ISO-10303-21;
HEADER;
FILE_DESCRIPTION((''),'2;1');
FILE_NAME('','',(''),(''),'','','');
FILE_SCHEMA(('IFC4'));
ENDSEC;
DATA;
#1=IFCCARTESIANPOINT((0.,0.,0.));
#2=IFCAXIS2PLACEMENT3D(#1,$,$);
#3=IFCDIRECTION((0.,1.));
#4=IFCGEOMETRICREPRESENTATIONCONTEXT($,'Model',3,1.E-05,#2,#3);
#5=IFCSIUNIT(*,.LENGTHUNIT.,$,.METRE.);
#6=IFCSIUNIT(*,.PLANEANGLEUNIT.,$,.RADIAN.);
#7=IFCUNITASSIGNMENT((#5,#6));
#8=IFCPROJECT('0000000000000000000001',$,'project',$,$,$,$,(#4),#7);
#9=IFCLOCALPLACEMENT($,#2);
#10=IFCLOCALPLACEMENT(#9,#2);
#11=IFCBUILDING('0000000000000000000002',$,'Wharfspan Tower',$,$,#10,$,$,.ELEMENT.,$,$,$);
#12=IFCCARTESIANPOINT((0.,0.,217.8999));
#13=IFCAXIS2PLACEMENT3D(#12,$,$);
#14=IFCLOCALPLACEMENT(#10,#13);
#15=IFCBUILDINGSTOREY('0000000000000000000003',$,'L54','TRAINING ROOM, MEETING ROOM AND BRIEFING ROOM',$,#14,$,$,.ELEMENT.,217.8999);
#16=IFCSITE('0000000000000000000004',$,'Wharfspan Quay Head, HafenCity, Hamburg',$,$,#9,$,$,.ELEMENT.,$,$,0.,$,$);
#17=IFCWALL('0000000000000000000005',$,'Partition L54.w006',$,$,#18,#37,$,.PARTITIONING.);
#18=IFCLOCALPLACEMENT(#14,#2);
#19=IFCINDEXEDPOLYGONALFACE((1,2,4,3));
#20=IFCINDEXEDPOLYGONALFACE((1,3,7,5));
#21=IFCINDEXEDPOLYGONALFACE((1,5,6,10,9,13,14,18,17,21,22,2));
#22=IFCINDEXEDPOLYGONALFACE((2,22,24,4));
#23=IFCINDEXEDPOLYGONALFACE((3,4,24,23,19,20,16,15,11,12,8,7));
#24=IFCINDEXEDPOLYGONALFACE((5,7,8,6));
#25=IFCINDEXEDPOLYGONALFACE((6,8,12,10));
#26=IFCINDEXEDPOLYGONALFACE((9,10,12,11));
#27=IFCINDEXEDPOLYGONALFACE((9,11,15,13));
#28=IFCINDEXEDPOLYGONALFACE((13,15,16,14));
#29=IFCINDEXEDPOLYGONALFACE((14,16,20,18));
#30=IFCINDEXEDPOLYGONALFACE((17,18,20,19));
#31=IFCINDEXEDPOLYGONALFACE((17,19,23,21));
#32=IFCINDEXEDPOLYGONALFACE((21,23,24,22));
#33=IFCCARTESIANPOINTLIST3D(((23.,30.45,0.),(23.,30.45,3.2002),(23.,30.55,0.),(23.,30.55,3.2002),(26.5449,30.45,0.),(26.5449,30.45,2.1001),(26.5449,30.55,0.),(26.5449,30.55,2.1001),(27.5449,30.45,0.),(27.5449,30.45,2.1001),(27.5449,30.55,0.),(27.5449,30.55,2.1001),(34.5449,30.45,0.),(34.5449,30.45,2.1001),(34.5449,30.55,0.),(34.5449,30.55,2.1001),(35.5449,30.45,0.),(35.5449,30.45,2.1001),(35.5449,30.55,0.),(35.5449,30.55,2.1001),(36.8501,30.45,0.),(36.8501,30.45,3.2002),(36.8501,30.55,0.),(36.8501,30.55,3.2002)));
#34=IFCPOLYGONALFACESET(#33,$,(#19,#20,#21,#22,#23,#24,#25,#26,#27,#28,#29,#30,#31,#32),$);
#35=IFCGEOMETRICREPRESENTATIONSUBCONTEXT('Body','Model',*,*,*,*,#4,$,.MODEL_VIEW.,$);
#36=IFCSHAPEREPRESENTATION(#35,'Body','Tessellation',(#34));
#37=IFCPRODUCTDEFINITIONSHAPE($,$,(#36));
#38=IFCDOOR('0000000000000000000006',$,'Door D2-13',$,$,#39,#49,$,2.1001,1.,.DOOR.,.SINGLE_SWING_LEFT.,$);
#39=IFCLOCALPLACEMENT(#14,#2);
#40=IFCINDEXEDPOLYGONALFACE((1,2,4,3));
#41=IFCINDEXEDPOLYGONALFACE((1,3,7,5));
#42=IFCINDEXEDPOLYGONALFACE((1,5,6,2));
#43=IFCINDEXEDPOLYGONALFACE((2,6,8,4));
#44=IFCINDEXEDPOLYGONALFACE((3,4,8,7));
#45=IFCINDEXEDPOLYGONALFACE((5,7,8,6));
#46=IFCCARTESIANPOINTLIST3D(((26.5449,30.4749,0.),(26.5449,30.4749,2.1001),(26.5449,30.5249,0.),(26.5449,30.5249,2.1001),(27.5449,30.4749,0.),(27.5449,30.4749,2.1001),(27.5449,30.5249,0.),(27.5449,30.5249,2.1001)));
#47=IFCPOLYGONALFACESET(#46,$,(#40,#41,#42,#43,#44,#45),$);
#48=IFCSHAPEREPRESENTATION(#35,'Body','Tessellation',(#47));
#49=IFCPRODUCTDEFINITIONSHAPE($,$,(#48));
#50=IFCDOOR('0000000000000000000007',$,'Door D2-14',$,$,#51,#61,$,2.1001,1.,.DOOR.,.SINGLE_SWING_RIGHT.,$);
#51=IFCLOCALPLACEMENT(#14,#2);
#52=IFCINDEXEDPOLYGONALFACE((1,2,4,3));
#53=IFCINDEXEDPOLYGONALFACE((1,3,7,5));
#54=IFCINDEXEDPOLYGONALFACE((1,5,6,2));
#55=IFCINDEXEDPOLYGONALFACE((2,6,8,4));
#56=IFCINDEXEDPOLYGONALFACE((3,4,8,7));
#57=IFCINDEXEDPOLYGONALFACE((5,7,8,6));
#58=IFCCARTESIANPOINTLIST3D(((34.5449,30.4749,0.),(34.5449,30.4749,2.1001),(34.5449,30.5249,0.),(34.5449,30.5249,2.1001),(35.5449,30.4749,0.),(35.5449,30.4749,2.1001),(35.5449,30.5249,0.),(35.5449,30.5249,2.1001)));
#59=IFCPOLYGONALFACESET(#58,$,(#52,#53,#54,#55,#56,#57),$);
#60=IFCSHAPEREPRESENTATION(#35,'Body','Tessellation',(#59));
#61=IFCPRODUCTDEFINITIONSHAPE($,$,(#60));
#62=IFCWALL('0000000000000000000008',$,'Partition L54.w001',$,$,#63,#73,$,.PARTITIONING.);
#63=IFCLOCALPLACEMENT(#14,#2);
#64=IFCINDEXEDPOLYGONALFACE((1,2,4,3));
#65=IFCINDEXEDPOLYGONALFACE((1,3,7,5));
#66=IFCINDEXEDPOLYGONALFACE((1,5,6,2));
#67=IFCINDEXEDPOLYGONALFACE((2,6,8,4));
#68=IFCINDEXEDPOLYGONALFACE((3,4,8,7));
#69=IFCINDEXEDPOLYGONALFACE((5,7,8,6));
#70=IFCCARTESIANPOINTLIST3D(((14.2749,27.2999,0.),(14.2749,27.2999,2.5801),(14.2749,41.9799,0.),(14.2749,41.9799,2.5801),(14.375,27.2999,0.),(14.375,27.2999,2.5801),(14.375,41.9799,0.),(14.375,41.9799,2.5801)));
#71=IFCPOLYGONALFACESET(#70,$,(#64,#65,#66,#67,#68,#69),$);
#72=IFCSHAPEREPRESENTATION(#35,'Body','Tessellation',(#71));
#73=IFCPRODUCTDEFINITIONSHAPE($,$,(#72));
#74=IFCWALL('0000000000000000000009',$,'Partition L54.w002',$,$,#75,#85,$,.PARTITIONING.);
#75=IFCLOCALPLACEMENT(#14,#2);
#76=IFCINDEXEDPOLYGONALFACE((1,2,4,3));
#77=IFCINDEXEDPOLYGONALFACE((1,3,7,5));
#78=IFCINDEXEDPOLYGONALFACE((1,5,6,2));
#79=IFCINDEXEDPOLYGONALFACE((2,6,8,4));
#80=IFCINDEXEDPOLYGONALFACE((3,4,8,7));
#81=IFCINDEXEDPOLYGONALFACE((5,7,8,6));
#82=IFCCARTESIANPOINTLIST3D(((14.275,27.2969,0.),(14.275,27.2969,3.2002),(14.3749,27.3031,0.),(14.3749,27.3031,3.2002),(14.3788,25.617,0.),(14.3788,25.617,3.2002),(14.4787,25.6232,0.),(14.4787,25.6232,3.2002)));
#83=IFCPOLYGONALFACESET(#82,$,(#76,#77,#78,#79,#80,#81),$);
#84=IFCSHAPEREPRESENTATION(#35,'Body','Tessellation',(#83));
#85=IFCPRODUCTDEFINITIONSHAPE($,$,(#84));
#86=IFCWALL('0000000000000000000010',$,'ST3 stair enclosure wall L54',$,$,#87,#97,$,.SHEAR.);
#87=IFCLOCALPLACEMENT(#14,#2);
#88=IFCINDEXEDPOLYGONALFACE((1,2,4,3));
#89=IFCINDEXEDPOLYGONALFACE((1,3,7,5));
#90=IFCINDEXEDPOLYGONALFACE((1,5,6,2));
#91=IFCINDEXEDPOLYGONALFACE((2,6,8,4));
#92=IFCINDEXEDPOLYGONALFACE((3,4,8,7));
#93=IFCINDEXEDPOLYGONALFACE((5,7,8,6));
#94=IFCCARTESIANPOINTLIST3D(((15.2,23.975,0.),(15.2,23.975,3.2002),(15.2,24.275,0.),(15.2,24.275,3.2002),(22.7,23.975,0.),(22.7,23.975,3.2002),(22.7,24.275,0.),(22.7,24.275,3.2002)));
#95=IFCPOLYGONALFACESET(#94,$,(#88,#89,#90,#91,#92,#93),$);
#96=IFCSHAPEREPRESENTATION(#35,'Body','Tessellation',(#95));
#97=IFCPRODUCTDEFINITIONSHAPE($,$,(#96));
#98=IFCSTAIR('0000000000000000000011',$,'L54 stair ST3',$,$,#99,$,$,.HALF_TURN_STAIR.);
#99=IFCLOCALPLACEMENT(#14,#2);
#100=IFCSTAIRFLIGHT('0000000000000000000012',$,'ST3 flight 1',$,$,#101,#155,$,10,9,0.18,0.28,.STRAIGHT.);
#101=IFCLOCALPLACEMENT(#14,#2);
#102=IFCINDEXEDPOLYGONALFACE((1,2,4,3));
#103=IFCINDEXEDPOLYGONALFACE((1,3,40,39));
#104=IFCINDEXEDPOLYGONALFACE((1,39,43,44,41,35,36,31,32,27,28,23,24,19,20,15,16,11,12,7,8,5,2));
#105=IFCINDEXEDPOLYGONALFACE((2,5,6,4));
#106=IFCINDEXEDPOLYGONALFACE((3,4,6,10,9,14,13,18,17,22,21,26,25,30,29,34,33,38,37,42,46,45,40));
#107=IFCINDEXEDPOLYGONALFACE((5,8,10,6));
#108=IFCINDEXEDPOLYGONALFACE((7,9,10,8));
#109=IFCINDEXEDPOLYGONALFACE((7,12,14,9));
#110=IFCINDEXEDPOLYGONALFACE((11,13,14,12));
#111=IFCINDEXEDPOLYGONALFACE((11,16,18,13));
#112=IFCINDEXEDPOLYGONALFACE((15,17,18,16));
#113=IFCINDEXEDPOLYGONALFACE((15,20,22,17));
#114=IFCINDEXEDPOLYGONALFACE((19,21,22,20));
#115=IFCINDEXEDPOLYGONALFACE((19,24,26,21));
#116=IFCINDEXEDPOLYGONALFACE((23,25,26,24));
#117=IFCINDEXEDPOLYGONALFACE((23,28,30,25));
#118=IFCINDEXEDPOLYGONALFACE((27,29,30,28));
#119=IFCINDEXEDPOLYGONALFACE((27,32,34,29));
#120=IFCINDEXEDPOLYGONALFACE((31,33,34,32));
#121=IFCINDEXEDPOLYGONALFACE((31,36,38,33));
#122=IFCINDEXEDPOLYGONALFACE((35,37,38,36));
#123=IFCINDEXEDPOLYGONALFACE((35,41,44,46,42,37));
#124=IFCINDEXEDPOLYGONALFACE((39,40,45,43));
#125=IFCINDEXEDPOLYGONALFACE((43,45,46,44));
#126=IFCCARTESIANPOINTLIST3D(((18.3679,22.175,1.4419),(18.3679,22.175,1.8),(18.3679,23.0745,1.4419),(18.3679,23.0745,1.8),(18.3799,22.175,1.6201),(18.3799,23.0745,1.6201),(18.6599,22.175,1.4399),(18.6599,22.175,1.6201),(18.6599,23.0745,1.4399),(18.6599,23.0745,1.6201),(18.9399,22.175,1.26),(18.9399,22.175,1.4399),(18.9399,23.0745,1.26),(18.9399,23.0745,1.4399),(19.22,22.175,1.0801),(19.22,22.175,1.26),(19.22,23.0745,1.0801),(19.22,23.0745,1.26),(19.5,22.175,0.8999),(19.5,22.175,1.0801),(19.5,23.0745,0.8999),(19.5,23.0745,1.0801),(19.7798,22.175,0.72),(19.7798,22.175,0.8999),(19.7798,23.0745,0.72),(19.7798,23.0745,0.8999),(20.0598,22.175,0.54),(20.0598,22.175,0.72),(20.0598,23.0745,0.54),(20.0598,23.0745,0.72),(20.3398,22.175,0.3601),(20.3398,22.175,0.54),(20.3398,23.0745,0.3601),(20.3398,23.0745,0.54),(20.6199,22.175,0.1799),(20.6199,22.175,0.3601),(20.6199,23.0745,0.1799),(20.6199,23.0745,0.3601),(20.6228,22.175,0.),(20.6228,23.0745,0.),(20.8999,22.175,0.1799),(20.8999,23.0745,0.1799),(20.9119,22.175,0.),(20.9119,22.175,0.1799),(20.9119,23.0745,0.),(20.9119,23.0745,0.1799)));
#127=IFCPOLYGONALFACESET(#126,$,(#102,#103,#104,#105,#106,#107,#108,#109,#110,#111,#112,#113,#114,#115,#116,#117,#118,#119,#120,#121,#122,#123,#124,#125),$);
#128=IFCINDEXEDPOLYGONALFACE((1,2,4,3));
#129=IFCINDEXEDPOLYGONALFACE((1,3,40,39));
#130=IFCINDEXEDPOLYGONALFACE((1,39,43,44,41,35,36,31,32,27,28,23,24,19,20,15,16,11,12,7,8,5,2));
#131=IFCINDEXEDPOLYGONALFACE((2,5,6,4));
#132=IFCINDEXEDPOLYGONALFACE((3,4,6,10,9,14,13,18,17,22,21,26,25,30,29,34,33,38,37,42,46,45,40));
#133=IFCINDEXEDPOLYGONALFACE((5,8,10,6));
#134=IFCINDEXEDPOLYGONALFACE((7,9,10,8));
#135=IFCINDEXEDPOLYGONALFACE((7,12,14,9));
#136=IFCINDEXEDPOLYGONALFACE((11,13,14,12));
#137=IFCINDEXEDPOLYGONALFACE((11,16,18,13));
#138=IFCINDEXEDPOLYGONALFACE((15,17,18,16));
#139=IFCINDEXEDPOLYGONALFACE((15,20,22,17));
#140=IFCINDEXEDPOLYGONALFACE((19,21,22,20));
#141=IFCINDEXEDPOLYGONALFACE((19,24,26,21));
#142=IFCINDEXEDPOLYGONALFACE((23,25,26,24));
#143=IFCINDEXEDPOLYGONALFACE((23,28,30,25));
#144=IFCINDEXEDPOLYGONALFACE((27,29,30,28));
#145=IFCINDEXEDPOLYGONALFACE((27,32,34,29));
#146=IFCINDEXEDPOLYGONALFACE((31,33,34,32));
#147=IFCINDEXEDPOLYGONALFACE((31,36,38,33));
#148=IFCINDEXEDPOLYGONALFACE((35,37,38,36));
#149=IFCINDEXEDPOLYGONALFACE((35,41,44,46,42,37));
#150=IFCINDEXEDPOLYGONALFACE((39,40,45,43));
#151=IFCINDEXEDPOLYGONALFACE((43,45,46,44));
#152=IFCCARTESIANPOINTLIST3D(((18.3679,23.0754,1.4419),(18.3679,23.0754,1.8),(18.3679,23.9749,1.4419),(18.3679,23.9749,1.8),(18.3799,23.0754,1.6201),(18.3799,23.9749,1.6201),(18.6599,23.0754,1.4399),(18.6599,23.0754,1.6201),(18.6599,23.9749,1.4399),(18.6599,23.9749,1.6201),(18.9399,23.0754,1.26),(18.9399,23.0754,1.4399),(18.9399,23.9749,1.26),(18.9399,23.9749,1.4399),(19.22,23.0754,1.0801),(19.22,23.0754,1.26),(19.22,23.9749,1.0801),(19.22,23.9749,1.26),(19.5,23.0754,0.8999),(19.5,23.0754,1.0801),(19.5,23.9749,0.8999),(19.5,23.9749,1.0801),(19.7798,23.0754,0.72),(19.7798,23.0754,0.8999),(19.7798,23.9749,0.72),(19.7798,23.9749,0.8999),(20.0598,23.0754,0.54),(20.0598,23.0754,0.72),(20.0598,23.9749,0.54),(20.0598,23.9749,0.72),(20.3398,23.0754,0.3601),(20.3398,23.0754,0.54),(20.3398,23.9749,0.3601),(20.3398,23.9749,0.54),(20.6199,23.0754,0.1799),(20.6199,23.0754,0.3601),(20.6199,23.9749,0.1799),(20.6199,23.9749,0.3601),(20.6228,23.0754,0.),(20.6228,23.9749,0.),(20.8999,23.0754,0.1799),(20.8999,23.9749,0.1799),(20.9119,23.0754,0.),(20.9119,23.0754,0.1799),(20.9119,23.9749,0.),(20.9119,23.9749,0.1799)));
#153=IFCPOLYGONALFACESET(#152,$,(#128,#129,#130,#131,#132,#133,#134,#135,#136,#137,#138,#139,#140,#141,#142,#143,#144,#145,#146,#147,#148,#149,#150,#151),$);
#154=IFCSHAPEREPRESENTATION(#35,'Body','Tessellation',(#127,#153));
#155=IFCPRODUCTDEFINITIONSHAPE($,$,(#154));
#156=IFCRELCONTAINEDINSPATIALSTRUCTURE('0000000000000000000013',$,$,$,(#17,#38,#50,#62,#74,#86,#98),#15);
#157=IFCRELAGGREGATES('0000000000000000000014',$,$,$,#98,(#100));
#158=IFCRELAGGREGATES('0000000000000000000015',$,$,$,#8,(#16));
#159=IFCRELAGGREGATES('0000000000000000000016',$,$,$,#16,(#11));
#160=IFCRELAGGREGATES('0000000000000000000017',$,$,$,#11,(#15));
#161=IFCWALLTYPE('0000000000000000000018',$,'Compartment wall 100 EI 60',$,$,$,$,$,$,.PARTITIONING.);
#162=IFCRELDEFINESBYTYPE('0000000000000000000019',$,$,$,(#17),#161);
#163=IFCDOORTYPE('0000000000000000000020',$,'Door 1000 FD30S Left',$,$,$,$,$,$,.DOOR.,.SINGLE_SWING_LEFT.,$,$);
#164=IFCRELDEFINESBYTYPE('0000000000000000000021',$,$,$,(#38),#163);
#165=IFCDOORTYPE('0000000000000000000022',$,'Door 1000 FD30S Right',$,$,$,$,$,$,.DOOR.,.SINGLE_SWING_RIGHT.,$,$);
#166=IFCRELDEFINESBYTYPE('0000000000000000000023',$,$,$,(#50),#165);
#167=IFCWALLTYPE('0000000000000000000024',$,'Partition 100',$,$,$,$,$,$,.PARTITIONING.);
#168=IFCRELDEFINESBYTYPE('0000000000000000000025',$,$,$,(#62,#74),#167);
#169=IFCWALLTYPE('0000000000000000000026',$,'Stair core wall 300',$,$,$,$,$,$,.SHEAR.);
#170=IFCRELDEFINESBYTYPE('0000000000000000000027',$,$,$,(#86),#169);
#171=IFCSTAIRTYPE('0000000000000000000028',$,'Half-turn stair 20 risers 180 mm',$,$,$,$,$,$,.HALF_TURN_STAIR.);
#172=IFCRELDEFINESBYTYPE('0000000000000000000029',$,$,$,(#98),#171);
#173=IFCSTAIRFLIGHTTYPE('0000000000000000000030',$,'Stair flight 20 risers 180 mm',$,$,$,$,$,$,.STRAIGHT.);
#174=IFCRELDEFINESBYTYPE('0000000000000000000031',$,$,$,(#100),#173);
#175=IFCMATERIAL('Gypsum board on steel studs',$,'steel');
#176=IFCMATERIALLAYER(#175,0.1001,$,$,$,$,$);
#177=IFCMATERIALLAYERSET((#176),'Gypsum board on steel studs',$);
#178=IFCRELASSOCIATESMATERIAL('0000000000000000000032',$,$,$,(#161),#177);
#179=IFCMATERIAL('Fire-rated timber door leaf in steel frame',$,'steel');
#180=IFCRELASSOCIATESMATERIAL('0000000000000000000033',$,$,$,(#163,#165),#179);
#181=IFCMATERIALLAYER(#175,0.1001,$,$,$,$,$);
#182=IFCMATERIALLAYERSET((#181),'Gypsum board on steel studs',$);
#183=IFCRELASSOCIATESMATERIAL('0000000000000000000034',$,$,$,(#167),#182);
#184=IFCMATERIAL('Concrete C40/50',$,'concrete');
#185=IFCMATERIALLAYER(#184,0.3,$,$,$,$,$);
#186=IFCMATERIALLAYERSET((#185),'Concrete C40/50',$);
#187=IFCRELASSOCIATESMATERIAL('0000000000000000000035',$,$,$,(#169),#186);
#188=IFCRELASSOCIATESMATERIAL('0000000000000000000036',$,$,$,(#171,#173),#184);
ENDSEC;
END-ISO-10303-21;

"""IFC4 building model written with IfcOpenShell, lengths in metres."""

from ifc_helpers import new_model, si_unit, direction, frame, frame_2d, origin, place, context, subcontext, project, spatial, polyline, rectangle, outline, extrude, material, layer, layer_set, type_object, element, fill, aggregate, save


model = new_model("IFC4")

# Units and contexts
model_context = context("Model", 3, precision=1e-05, world=origin(), true_north=direction((0.0, 1.0)))
body_context = subcontext(model_context, "Body", "Model", "MODEL_VIEW")
ifc_project = project(units=[si_unit("LENGTHUNIT", "METRE"), si_unit("PLANEANGLEUNIT", "RADIAN")], contexts=[model_context])

# Site, building, storey
site_placement = place(None, origin())
site = spatial("IfcSite", under=ifc_project, at=site_placement, Name="Wharfspan Quay Head, HafenCity, Hamburg", CompositionType="ELEMENT", RefElevation=0.0)
building_placement = place(site_placement, origin())
building = spatial("IfcBuilding", under=site, at=building_placement, Name="Wharfspan Tower", CompositionType="ELEMENT")
storey_placement = place(building_placement, frame((0.0, 0.0, 217.8999)))
storey = spatial("IfcBuildingStorey", under=building, at=storey_placement, Name="L54", Description="TRAINING ROOM, MEETING ROOM AND BRIEFING ROOM", CompositionType="ELEMENT", Elevation=217.8999)

# Shared definitions
ifc_material_1 = material(Name="Gypsum board on steel studs", Category="steel")
ifc_layer_1 = layer(ifc_material_1, 0.1001)
ifc_layer_set_1 = layer_set([ifc_layer_1], Name="Gypsum board on steel studs")
wall_type_1 = type_object("IfcWallType", Name="Compartment wall 100 EI 60", PredefinedType="PARTITIONING", material=ifc_layer_set_1)
ifc_material_2 = material(Name="Fire-rated timber door leaf in steel frame", Category="steel")
door_type_1 = type_object("IfcDoorType", Name="Door 1000 FD30S Left", OperationType="SINGLE_SWING_LEFT", PredefinedType="DOOR", material=ifc_material_2)

# Wall, openings, doors
wall_1_placement = place(storey_placement, frame((23.0, 30.5, 0.0), z_axis=(0.0, 0.0, 1.0), x_axis=(1.0, 0.0, 0.0)))
wall_1 = element("IfcWall", 1, at=wall_1_placement, inside=storey, type_object=wall_type_1, Name="Partition L54.w006", PredefinedType="PARTITIONING", context=body_context, shape_type="SweptSolid", body=[
    extrude(rectangle(XDim=13.8501, YDim=0.1001, at=frame_2d((6.925, 0.0))), origin(), (0.0, 0.0, 1.0), 3.2002),
])
opening_1_placement = place(wall_1_placement, frame((3.5449, 0.0, 0.0)))
opening_1 = element("IfcOpeningElement", 2, at=opening_1_placement, cuts=wall_1, PredefinedType="OPENING", context=body_context, shape_type="SweptSolid", body=[
    extrude(rectangle(XDim=1.0, YDim=2.1001, at=frame_2d((0.5, 1.05))), frame((0.0, 0.0601, 0.0), z_axis=(0.0, -1.0, 0.0), x_axis=(1.0, 0.0, 0.0)), (0.0, 0.0, 1.0), 0.1201),
])
opening_2_placement = place(wall_1_placement, frame((11.5449, 0.0, 0.0)))
opening_2 = element("IfcOpeningElement", 3, at=opening_2_placement, cuts=wall_1, PredefinedType="OPENING", context=body_context, shape_type="SweptSolid", body=[
    extrude(rectangle(XDim=1.0, YDim=2.1001, at=frame_2d((0.5, 1.05))), frame((0.0, 0.0601, 0.0), z_axis=(0.0, -1.0, 0.0), x_axis=(1.0, 0.0, 0.0)), (0.0, 0.0, 1.0), 0.1201),
])
door_1_placement = place(opening_1_placement, origin())
door_1 = element("IfcDoor", 4, at=door_1_placement, inside=storey, type_object=door_type_1, Name="Door D2-13", OperationType="SINGLE_SWING_LEFT", OverallHeight=2.1001, OverallWidth=1.0, PredefinedType="DOOR", context=body_context, shape_type="SweptSolid", body=[
    extrude(rectangle(XDim=1.0, YDim=2.1001, at=frame_2d((0.5, 1.05))), frame((0.0, 0.0249, 0.0), z_axis=(0.0, -1.0, 0.0), x_axis=(1.0, 0.0, 0.0)), (0.0, 0.0, 1.0), 0.05),
])
fill(opening_1, door_1)
door_type_2 = type_object("IfcDoorType", Name="Door 1000 FD30S Right", OperationType="SINGLE_SWING_RIGHT", PredefinedType="DOOR", material=ifc_material_2)
door_2_placement = place(opening_2_placement, origin())
door_2 = element("IfcDoor", 5, at=door_2_placement, inside=storey, type_object=door_type_2, Name="Door D2-14", OperationType="SINGLE_SWING_RIGHT", OverallHeight=2.1001, OverallWidth=1.0, PredefinedType="DOOR", context=body_context, shape_type="SweptSolid", body=[
    extrude(rectangle(XDim=1.0, YDim=2.1001, at=frame_2d((0.5, 1.05))), frame((0.0, 0.0249, 0.0), z_axis=(0.0, -1.0, 0.0), x_axis=(1.0, 0.0, 0.0)), (0.0, 0.0, 1.0), 0.05),
])
fill(opening_2, door_2)

# Walls
ifc_layer_2 = layer(ifc_material_1, 0.1001)
ifc_layer_set_2 = layer_set([ifc_layer_2], Name="Gypsum board on steel studs")
wall_type_2 = type_object("IfcWallType", Name="Partition 100", PredefinedType="PARTITIONING", material=ifc_layer_set_2)
wall_2_placement = place(storey_placement, frame((14.325, 27.3, 0.0), z_axis=(0.0, 0.0, 1.0), x_axis=(0.0, 1.0, 0.0)))
element("IfcWall", 6, at=wall_2_placement, inside=storey, type_object=wall_type_2, Name="Partition L54.w001", PredefinedType="PARTITIONING", context=body_context, shape_type="SweptSolid", body=[
    extrude(rectangle(XDim=14.6799, YDim=0.1001, at=frame_2d((7.3398, 0.0))), origin(), (0.0, 0.0, 1.0), 2.5801),
])
wall_3_placement = place(storey_placement, frame((14.4287, 25.6201, 0.0), z_axis=(0.0, 0.0, 1.0), x_axis=(-0.061647, 0.998101, 0.0)))
element("IfcWall", 7, at=wall_3_placement, inside=storey, type_object=wall_type_2, Name="Partition L54.w002", PredefinedType="PARTITIONING", context=body_context, shape_type="SweptSolid", body=[
    extrude(rectangle(XDim=1.6831, YDim=0.1001, at=frame_2d((0.8416, 0.0))), origin(), (0.0, 0.0, 1.0), 3.2002),
])
ifc_material_3 = material(Name="Concrete C40/50", Category="concrete")
ifc_layer_3 = layer(ifc_material_3, 0.3)
ifc_layer_set_3 = layer_set([ifc_layer_3], Name="Concrete C40/50")
wall_type_3 = type_object("IfcWallType", Name="Stair core wall 300", PredefinedType="SHEAR", material=ifc_layer_set_3)
wall_4_placement = place(storey_placement, frame((15.2, 24.125, 0.0), z_axis=(0.0, 0.0, 1.0), x_axis=(1.0, 0.0, 0.0)))
element("IfcWall", 8, at=wall_4_placement, inside=storey, type_object=wall_type_3, Name="ST3 stair enclosure wall L54", PredefinedType="SHEAR", context=body_context, shape_type="SweptSolid", body=[
    extrude(rectangle(XDim=7.5, YDim=0.3, at=frame_2d((3.75, 0.0))), origin(), (0.0, 0.0, 1.0), 3.2002),
])

# Stair, stair flight
stair_type = type_object("IfcStairType", Name="Half-turn stair 20 risers 180 mm", PredefinedType="HALF_TURN_STAIR", material=ifc_material_3)
stair_placement = place(storey_placement, origin())
stair = element("IfcStair", 9, at=stair_placement, inside=storey, type_object=stair_type, Name="L54 stair ST3", PredefinedType="HALF_TURN_STAIR")
stair_flight_type = type_object("IfcStairFlightType", Name="Stair flight 20 risers 180 mm", PredefinedType="STRAIGHT", material=ifc_material_3)
stair_flight_placement = place(storey_placement, frame((20.8999, 23.075, 0.0), z_axis=(0.0, 0.0, 1.0), x_axis=(-1.0, 0.0, 0.0)))
stair_flight = element("IfcStairFlight", 10, at=stair_flight_placement, type_object=stair_flight_type, Name="ST3 flight 1", NumberOfRisers=10, NumberOfTreads=9, PredefinedType="STRAIGHT", RiserHeight=0.18, TreadLength=0.28, context=body_context, shape_type="SweptSolid", body=[
    extrude(outline(polyline([(-0.012, 0.0), (-0.012, 0.1799), (0.0, 0.1799), (0.28, 0.1799), (0.28, 0.3601), (0.5601, 0.3601), (0.5601, 0.54), (0.8401, 0.54), (0.8401, 0.72), (1.1201, 0.72), (1.1201, 0.8999), (1.3999, 0.8999), (1.3999, 1.0801), (1.6799, 1.0801), (1.6799, 1.26), (1.96, 1.26), (1.96, 1.4399), (2.24, 1.4399), (2.24, 1.6201), (2.52, 1.6201), (2.532, 1.8), (2.532, 1.4419), (0.2771, 0.0), (-0.012, 0.0)])), frame((0.0, 0.8999, 0.0), z_axis=(0.0, -1.0, 0.0), x_axis=(1.0, 0.0, 0.0)), (0.0, 0.0, 1.0), 0.8994),
    extrude(outline(polyline([(-0.012, 0.0), (-0.012, 0.1799), (0.0, 0.1799), (0.28, 0.1799), (0.28, 0.3601), (0.5601, 0.3601), (0.5601, 0.54), (0.8401, 0.54), (0.8401, 0.72), (1.1201, 0.72), (1.1201, 0.8999), (1.3999, 0.8999), (1.3999, 1.0801), (1.6799, 1.0801), (1.6799, 1.26), (1.96, 1.26), (1.96, 1.4399), (2.24, 1.4399), (2.24, 1.6201), (2.52, 1.6201), (2.532, 1.8), (2.532, 1.4419), (0.2771, 0.0), (-0.012, 0.0)])), frame((0.0, -0.0005, 0.0), z_axis=(0.0, -1.0, 0.0), x_axis=(1.0, 0.0, 0.0)), (0.0, 0.0, 1.0), 0.8994),
])
aggregate(stair, [stair_flight])

save(model, "model.ifc")
